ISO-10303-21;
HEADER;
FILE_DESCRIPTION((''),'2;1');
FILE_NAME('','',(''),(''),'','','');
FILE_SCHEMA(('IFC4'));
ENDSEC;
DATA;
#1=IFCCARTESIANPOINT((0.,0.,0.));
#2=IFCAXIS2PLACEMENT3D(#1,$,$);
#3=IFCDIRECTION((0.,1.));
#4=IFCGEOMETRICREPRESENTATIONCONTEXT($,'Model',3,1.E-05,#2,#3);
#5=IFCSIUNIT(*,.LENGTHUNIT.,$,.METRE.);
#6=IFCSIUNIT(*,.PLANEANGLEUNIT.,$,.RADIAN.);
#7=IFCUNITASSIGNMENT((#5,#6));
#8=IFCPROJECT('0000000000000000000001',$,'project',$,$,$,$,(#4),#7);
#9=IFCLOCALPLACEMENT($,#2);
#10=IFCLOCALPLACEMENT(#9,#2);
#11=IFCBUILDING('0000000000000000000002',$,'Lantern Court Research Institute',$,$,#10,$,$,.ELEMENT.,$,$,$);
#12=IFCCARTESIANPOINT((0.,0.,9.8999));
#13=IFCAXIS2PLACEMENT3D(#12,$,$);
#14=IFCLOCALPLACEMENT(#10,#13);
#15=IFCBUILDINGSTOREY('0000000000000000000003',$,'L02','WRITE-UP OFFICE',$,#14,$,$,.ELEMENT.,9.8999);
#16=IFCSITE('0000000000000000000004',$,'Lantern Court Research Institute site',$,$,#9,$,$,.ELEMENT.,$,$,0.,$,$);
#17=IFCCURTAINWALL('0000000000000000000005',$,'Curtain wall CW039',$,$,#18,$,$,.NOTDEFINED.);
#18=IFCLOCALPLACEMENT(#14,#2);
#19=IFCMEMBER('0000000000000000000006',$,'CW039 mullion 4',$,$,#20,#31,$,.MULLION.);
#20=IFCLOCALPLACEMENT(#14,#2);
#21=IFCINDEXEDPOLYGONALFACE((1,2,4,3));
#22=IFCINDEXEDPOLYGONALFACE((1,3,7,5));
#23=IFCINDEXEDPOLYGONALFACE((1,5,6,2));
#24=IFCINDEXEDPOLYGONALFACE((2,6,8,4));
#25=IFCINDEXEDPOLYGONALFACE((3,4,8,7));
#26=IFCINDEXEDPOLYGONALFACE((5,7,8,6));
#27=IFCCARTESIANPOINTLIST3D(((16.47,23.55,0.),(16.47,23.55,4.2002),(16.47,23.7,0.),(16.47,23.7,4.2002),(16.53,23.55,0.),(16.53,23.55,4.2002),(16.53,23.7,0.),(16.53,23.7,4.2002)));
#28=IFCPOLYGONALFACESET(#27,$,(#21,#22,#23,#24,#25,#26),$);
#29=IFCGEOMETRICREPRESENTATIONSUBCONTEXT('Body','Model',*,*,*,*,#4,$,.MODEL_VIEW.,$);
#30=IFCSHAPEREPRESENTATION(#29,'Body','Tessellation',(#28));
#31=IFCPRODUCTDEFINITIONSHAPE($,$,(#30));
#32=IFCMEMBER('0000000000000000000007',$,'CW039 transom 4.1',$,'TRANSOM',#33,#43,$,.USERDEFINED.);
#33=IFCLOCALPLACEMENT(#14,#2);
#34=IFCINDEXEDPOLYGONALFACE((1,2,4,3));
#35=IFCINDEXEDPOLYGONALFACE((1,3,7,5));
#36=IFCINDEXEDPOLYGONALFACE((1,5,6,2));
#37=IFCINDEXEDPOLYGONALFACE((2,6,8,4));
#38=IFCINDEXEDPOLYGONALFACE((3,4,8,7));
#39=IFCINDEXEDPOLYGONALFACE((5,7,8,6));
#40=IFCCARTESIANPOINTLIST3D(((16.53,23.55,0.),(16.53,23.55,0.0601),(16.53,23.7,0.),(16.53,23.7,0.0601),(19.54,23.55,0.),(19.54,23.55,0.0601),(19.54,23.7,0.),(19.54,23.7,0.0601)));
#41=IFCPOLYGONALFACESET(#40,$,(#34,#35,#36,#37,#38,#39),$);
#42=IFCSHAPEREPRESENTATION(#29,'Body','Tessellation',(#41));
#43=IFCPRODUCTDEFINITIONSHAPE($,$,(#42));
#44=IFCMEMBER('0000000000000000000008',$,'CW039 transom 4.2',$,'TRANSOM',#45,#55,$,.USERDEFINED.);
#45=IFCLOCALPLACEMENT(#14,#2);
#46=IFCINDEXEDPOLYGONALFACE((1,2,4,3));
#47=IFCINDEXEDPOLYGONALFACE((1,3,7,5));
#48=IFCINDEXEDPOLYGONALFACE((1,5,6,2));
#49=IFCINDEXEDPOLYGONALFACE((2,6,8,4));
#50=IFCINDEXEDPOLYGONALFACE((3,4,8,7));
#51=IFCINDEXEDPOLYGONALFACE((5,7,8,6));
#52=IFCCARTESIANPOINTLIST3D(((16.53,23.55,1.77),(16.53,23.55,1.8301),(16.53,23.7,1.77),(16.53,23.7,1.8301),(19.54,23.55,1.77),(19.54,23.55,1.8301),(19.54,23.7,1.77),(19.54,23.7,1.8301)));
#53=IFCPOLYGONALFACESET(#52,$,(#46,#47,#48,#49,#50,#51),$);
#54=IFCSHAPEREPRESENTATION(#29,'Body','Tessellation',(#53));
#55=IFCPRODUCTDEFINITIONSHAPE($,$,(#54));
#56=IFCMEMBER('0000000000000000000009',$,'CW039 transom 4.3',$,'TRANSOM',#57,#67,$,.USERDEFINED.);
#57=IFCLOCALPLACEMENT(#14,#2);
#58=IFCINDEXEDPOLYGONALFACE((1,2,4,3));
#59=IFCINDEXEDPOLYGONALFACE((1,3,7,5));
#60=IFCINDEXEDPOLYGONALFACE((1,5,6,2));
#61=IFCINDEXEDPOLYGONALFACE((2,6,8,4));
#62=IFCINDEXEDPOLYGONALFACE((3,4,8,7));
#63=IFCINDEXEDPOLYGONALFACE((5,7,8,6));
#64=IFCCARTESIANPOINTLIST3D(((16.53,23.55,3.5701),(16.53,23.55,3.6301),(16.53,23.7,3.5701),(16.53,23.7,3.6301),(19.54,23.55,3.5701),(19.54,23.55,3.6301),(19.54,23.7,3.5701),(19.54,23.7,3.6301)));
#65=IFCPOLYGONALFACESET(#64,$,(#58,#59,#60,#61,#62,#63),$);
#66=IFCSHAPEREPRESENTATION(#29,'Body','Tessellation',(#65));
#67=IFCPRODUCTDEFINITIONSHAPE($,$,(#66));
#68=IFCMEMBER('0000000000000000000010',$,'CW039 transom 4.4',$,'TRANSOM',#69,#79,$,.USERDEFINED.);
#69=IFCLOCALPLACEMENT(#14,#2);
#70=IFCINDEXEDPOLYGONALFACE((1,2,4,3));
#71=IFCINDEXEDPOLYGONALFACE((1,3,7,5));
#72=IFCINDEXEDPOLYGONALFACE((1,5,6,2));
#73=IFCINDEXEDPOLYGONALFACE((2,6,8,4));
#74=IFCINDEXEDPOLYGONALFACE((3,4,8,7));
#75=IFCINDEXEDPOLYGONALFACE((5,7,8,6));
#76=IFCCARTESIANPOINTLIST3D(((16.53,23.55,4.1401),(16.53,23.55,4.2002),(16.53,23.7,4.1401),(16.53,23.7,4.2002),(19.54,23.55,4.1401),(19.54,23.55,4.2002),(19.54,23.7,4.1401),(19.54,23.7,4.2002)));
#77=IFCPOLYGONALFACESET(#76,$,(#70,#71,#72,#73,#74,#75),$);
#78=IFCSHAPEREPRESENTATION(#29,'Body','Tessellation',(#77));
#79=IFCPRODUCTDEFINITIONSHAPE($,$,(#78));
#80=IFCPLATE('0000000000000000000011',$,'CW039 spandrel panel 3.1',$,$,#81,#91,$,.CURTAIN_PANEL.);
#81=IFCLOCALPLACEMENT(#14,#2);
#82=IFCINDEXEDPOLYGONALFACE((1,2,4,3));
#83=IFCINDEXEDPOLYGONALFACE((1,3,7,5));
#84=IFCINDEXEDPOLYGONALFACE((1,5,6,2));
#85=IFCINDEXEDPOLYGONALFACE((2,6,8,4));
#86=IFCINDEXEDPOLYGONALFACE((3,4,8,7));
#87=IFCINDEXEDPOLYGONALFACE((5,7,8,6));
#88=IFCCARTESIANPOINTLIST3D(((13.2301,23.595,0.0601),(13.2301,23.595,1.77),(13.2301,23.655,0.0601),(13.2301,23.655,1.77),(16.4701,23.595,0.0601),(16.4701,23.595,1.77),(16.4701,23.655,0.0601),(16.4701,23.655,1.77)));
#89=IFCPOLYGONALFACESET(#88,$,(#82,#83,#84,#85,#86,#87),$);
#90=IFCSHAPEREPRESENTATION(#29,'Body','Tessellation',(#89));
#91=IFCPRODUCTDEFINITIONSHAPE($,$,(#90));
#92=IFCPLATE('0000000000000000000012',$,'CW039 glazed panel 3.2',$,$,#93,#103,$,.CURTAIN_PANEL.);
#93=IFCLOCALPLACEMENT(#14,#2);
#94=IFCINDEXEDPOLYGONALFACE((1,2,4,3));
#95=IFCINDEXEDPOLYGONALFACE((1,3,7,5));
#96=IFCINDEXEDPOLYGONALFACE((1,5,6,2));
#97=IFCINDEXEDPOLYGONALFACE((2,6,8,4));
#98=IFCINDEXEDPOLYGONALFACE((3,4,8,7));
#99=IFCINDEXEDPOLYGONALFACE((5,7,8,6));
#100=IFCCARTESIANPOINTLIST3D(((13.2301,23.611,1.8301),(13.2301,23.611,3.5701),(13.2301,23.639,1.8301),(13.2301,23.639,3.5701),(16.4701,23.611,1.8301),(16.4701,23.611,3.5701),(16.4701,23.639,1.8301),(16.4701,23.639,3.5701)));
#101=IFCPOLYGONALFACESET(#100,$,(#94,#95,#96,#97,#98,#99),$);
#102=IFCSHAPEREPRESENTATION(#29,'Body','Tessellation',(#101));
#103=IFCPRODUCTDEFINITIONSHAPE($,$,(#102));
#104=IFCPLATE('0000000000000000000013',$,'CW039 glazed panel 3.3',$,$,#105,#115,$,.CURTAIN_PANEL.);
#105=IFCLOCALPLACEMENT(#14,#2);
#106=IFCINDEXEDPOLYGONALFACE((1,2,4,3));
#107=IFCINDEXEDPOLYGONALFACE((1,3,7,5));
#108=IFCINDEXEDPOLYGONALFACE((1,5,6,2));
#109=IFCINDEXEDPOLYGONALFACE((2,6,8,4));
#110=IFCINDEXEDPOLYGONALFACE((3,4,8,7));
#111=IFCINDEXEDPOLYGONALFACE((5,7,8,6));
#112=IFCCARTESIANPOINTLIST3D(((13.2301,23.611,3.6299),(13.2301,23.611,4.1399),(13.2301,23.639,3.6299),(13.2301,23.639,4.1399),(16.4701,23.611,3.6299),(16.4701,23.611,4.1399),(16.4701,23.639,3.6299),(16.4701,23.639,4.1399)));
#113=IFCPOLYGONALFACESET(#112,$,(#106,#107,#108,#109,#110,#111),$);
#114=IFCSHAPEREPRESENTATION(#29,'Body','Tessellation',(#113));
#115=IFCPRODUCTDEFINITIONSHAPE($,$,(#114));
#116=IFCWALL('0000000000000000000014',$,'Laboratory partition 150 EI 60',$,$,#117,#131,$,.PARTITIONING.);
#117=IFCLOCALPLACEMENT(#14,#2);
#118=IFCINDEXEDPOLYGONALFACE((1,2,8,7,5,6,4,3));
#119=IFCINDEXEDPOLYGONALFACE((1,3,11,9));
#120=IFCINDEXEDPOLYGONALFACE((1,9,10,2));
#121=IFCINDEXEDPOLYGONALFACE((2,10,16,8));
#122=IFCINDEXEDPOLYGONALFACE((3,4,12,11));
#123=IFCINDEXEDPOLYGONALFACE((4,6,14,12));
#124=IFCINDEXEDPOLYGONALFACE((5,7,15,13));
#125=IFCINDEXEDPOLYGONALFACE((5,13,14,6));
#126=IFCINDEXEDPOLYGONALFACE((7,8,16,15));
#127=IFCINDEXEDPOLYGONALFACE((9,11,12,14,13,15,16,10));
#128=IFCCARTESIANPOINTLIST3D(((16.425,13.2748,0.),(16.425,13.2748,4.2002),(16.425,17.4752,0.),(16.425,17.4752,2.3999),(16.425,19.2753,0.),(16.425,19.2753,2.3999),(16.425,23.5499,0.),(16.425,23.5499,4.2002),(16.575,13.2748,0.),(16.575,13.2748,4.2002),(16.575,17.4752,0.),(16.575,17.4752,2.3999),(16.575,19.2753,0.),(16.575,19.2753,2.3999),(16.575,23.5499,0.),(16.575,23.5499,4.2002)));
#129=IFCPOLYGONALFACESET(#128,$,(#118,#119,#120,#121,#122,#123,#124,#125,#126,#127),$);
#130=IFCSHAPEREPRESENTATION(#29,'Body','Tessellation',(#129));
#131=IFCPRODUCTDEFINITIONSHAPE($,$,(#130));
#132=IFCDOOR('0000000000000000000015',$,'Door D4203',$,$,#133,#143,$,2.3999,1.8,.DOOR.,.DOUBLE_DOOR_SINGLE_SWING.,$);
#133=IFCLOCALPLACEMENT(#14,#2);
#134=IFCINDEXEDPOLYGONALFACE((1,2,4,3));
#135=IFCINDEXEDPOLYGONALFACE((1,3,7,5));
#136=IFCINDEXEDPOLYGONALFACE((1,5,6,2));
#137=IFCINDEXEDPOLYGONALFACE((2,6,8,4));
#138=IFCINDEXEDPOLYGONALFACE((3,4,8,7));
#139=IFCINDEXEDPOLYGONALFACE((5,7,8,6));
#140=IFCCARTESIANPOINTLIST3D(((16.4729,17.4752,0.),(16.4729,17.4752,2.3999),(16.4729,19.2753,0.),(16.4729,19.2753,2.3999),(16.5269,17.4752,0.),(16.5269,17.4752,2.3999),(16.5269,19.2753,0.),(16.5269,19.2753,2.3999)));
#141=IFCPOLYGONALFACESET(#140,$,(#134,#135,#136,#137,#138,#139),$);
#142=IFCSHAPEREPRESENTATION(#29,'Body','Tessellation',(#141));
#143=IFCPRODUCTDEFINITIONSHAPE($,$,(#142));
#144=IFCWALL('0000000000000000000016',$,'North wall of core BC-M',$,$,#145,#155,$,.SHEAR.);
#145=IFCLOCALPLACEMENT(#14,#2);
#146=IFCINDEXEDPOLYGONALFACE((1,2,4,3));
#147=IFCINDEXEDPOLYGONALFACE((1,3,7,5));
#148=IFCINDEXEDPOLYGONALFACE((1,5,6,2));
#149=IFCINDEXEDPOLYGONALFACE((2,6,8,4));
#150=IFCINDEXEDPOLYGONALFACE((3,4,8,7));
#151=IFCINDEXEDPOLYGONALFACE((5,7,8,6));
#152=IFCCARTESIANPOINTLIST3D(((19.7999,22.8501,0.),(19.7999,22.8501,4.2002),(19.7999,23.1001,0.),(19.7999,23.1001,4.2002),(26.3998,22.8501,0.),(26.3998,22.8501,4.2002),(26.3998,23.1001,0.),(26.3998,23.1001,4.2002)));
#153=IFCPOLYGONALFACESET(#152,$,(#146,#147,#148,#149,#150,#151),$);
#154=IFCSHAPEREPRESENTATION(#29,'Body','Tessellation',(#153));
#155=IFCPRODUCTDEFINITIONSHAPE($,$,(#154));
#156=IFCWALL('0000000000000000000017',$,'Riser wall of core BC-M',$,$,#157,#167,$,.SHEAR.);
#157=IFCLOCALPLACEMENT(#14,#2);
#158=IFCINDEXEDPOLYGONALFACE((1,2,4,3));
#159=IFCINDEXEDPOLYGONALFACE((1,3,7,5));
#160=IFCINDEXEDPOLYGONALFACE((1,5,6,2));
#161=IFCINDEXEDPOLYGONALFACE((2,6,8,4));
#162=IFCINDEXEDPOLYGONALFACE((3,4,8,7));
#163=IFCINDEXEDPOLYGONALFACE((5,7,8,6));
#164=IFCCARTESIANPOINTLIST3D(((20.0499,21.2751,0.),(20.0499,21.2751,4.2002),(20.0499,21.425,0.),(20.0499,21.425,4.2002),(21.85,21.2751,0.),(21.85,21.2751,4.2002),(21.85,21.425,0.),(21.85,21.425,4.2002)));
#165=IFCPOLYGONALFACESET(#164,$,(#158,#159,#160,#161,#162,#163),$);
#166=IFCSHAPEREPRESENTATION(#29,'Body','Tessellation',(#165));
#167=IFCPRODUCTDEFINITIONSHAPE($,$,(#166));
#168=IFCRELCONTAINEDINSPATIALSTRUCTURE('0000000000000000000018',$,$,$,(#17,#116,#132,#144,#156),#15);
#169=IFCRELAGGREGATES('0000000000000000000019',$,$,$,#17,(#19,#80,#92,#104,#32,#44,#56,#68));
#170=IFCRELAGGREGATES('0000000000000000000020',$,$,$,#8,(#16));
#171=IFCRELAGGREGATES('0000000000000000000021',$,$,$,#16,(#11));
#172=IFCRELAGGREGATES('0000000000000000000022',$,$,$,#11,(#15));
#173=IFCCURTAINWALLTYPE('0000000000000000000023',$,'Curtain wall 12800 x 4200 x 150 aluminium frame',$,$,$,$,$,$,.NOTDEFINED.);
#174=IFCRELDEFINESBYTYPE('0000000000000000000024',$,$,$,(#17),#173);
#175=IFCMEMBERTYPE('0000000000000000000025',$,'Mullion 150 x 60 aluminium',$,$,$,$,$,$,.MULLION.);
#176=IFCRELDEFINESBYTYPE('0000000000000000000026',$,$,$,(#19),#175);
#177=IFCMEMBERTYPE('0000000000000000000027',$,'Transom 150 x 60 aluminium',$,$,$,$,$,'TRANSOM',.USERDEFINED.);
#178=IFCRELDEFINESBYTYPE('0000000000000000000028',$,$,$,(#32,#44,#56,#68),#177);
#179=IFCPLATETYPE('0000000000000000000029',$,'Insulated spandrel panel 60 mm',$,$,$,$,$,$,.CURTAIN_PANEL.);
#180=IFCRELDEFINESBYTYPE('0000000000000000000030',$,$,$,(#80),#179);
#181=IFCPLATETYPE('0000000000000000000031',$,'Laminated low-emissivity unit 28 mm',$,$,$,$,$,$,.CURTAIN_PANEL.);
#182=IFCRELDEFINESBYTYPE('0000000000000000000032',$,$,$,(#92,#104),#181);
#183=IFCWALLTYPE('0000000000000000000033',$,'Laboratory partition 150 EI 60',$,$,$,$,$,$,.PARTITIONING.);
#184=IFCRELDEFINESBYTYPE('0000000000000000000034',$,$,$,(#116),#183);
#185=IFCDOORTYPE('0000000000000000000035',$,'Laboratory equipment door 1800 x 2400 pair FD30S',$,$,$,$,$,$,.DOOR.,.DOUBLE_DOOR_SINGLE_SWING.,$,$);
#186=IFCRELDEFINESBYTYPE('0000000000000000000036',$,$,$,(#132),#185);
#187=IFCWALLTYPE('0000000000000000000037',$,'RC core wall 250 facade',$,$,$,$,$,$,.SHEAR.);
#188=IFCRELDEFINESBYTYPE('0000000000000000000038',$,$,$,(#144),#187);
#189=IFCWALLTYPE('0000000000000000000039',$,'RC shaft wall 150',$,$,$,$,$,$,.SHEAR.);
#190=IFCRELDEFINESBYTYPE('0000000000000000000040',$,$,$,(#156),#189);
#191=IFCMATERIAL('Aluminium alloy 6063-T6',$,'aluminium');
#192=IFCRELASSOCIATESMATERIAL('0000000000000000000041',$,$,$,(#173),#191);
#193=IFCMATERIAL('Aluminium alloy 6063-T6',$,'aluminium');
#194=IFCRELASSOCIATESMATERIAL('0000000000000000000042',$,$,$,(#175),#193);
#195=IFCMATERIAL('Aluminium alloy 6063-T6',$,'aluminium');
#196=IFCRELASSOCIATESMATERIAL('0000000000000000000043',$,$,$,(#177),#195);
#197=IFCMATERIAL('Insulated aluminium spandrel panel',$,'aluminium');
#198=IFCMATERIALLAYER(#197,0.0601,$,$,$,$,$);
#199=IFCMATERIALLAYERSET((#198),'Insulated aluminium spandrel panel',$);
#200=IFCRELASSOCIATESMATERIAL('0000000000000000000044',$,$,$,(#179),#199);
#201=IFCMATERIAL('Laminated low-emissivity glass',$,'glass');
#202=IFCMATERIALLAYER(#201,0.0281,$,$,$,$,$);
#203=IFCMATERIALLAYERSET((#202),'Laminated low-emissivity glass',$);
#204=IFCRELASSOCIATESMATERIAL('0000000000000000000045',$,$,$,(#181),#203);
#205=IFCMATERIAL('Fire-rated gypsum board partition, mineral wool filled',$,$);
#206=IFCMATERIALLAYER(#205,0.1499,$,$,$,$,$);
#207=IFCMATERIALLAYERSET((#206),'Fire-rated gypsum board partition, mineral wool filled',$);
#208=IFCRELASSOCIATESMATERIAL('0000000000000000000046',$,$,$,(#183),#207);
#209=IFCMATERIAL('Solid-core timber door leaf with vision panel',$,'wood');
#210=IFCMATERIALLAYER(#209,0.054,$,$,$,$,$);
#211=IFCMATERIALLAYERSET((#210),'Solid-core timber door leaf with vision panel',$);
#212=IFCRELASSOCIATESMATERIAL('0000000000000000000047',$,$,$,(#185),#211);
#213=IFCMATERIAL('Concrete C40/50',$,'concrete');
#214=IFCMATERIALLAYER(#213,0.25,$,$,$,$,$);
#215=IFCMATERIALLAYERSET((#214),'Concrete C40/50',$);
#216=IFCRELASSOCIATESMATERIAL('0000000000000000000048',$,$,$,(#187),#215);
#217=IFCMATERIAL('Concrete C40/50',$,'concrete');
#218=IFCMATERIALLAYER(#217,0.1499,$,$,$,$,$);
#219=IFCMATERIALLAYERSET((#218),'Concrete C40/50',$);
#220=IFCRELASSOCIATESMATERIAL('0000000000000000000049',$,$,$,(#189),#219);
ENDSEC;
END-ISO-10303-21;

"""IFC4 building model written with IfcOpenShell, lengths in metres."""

from ifc_helpers import new_model, si_unit, direction, frame, frame_2d, origin, origin_2d, place, context, subcontext, project, spatial, rectangle, extrude, material, layer, layer_set, material_profile, profile_set, type_object, element, fill, aggregate, save


model = new_model("IFC4")

# Units and contexts
model_context = context("Model", 3, precision=1e-05, world=origin(), true_north=direction((0.0, 1.0)))
body_context = subcontext(model_context, "Body", "Model", "MODEL_VIEW")
ifc_project = project(units=[si_unit("LENGTHUNIT", "METRE"), si_unit("PLANEANGLEUNIT", "RADIAN")], contexts=[model_context])

# Site, building, storey
site_placement = place(None, origin())
site = spatial("IfcSite", under=ifc_project, at=site_placement, Name="Lantern Court Research Institute site", CompositionType="ELEMENT", RefElevation=0.0)
building_placement = place(site_placement, origin())
building = spatial("IfcBuilding", under=site, at=building_placement, Name="Lantern Court Research Institute", CompositionType="ELEMENT")
storey_placement = place(building_placement, frame((0.0, 0.0, 9.8999)))
storey = spatial("IfcBuildingStorey", under=building, at=storey_placement, Name="L02", Description="WRITE-UP OFFICE", CompositionType="ELEMENT", Elevation=9.8999)

# Curtain wall, members, plates
ifc_material_1 = material(Name="Aluminium alloy 6063-T6", Category="aluminium")
curtain_wall_type = type_object("IfcCurtainWallType", Name="Curtain wall 12800 x 4200 x 150 aluminium frame", PredefinedType="NOTDEFINED", material=ifc_material_1)
curtain_wall_placement = place(storey_placement, origin())
curtain_wall = element("IfcCurtainWall", 1, at=curtain_wall_placement, inside=storey, type_object=curtain_wall_type, Name="Curtain wall CW039", PredefinedType="NOTDEFINED")
ifc_material_2 = material(Name="Aluminium alloy 6063-T6", Category="aluminium")
ifc_material_profile_1 = material_profile(ifc_material_2, rectangle(XDim=0.1499, YDim=0.0601, at=origin_2d()), Name="Mullion 150 x 60")
ifc_profile_set_1 = profile_set([ifc_material_profile_1], Name="Aluminium alloy 6063-T6")
member_type_1 = type_object("IfcMemberType", Name="Mullion 150 x 60 aluminium", PredefinedType="MULLION", material=ifc_profile_set_1)
member_1_placement = place(storey_placement, frame((16.5, 23.625, 0.0), z_axis=(0.0, 0.0, 1.0), x_axis=(0.0, 1.0, 0.0)))
member_1 = element("IfcMember", 2, at=member_1_placement, type_object=member_type_1, Name="CW039 mullion 4", PredefinedType="MULLION", context=body_context, shape_type="SweptSolid", body=[
    extrude(rectangle(XDim=0.1499, YDim=0.0601, at=origin_2d()), origin(), (0.0, 0.0, 1.0), 4.2002),
])
ifc_material_3 = material(Name="Aluminium alloy 6063-T6", Category="aluminium")
ifc_material_profile_2 = material_profile(ifc_material_3, rectangle(XDim=0.1499, YDim=0.0601, at=origin_2d()), Name="Transom 150 x 60")
ifc_profile_set_2 = profile_set([ifc_material_profile_2], Name="Aluminium alloy 6063-T6")
member_type_2 = type_object("IfcMemberType", Name="Transom 150 x 60 aluminium", ElementType="TRANSOM", PredefinedType="USERDEFINED", material=ifc_profile_set_2)
member_2_placement = place(storey_placement, frame((16.53, 23.625, 0.03), z_axis=(1.0, 0.0, 0.0), x_axis=(0.0, 1.0, 0.0)))
member_2 = element("IfcMember", 3, at=member_2_placement, type_object=member_type_2, Name="CW039 transom 4.1", ObjectType="TRANSOM", PredefinedType="USERDEFINED", context=body_context, shape_type="SweptSolid", body=[
    extrude(rectangle(XDim=0.1499, YDim=0.0601, at=origin_2d()), origin(), (0.0, 0.0, 1.0), 3.01),
])
member_3_placement = place(storey_placement, frame((16.53, 23.625, 1.8), z_axis=(1.0, 0.0, 0.0), x_axis=(0.0, 1.0, 0.0)))
member_3 = element("IfcMember", 4, at=member_3_placement, type_object=member_type_2, Name="CW039 transom 4.2", ObjectType="TRANSOM", PredefinedType="USERDEFINED", context=body_context, shape_type="SweptSolid", body=[
    extrude(rectangle(XDim=0.1499, YDim=0.0601, at=origin_2d()), origin(), (0.0, 0.0, 1.0), 3.01),
])
member_4_placement = place(storey_placement, frame((16.53, 23.625, 3.6001), z_axis=(1.0, 0.0, 0.0), x_axis=(0.0, 1.0, 0.0)))
member_4 = element("IfcMember", 5, at=member_4_placement, type_object=member_type_2, Name="CW039 transom 4.3", ObjectType="TRANSOM", PredefinedType="USERDEFINED", context=body_context, shape_type="SweptSolid", body=[
    extrude(rectangle(XDim=0.1499, YDim=0.0601, at=origin_2d()), origin(), (0.0, 0.0, 1.0), 3.01),
])
member_5_placement = place(storey_placement, frame((16.53, 23.625, 4.1702), z_axis=(1.0, 0.0, 0.0), x_axis=(0.0, 1.0, 0.0)))
member_5 = element("IfcMember", 6, at=member_5_placement, type_object=member_type_2, Name="CW039 transom 4.4", ObjectType="TRANSOM", PredefinedType="USERDEFINED", context=body_context, shape_type="SweptSolid", body=[
    extrude(rectangle(XDim=0.1499, YDim=0.0601, at=origin_2d()), origin(), (0.0, 0.0, 1.0), 3.01),
])
ifc_material_4 = material(Name="Insulated aluminium spandrel panel", Category="aluminium")
ifc_layer_1 = layer(ifc_material_4, 0.0601)
ifc_layer_set_1 = layer_set([ifc_layer_1], Name="Insulated aluminium spandrel panel")
plate_type_1 = type_object("IfcPlateType", Name="Insulated spandrel panel 60 mm", PredefinedType="CURTAIN_PANEL", material=ifc_layer_set_1)
plate_1_placement = place(storey_placement, frame((14.8501, 23.625, 0.0601), z_axis=(0.0, 0.0, 1.0), x_axis=(1.0, 0.0, 0.0)))
plate_1 = element("IfcPlate", 7, at=plate_1_placement, type_object=plate_type_1, Name="CW039 spandrel panel 3.1", PredefinedType="CURTAIN_PANEL", context=body_context, shape_type="SweptSolid", body=[
    extrude(rectangle(XDim=3.24, YDim=0.0601, at=origin_2d()), origin(), (0.0, 0.0, 1.0), 1.71),
])
ifc_material_5 = material(Name="Laminated low-emissivity glass", Category="glass")
ifc_layer_2 = layer(ifc_material_5, 0.0281)
ifc_layer_set_2 = layer_set([ifc_layer_2], Name="Laminated low-emissivity glass")
plate_type_2 = type_object("IfcPlateType", Name="Laminated low-emissivity unit 28 mm", PredefinedType="CURTAIN_PANEL", material=ifc_layer_set_2)
plate_2_placement = place(storey_placement, frame((14.8501, 23.625, 1.8301), z_axis=(0.0, 0.0, 1.0), x_axis=(1.0, 0.0, 0.0)))
plate_2 = element("IfcPlate", 8, at=plate_2_placement, type_object=plate_type_2, Name="CW039 glazed panel 3.2", PredefinedType="CURTAIN_PANEL", context=body_context, shape_type="SweptSolid", body=[
    extrude(rectangle(XDim=3.24, YDim=0.0281, at=origin_2d()), origin(), (0.0, 0.0, 1.0), 1.74),
])
plate_3_placement = place(storey_placement, frame((14.8501, 23.625, 3.6299), z_axis=(0.0, 0.0, 1.0), x_axis=(1.0, 0.0, 0.0)))
plate_3 = element("IfcPlate", 9, at=plate_3_placement, type_object=plate_type_2, Name="CW039 glazed panel 3.3", PredefinedType="CURTAIN_PANEL", context=body_context, shape_type="SweptSolid", body=[
    extrude(rectangle(XDim=3.24, YDim=0.0281, at=origin_2d()), origin(), (0.0, 0.0, 1.0), 0.51),
])
aggregate(curtain_wall, [member_1, plate_1, plate_2, plate_3, member_2, member_3, member_4, member_5])

# Wall, opening, door
ifc_material_6 = material(Name="Fire-rated gypsum board partition, mineral wool filled")
ifc_layer_3 = layer(ifc_material_6, 0.1499)
ifc_layer_set_3 = layer_set([ifc_layer_3], Name="Fire-rated gypsum board partition, mineral wool filled")
wall_type_1 = type_object("IfcWallType", Name="Laboratory partition 150 EI 60", PredefinedType="PARTITIONING", material=ifc_layer_set_3)
wall_1_placement = place(storey_placement, frame((16.5, 23.55, 0.0), z_axis=(0.0, 0.0, 1.0), x_axis=(0.0, -1.0, 0.0)))
wall_1 = element("IfcWall", 10, at=wall_1_placement, inside=storey, type_object=wall_type_1, Name="Laboratory partition 150 EI 60", PredefinedType="PARTITIONING", context=body_context, shape_type="SweptSolid", body=[
    extrude(rectangle(XDim=10.2751, YDim=0.1499, at=frame_2d((5.1377, 0.0))), origin(), (0.0, 0.0, 1.0), 4.2002),
])
opening_1_placement = place(wall_1_placement, frame((4.2749, 0.0, 0.0)))
opening_1 = element("IfcOpeningElement", 11, at=opening_1_placement, cuts=wall_1, PredefinedType="OPENING", context=body_context, shape_type="SweptSolid", body=[
    extrude(rectangle(XDim=1.8, YDim=2.3999, at=frame_2d((0.8999, 1.2))), frame((0.0, 0.085, 0.0), z_axis=(0.0, -1.0, 0.0), x_axis=(1.0, 0.0, 0.0)), (0.0, 0.0, 1.0), 0.1699),
])
ifc_material_7 = material(Name="Solid-core timber door leaf with vision panel", Category="wood")
ifc_layer_4 = layer(ifc_material_7, 0.054)
ifc_layer_set_4 = layer_set([ifc_layer_4], Name="Solid-core timber door leaf with vision panel")
door_type_1 = type_object("IfcDoorType", Name="Laboratory equipment door 1800 x 2400 pair FD30S", OperationType="DOUBLE_DOOR_SINGLE_SWING", PredefinedType="DOOR", material=ifc_layer_set_4)
door_1_placement = place(opening_1_placement, origin())
door_1 = element("IfcDoor", 12, at=door_1_placement, inside=storey, type_object=door_type_1, Name="Door D4203", OperationType="DOUBLE_DOOR_SINGLE_SWING", OverallHeight=2.3999, OverallWidth=1.8, PredefinedType="DOOR", context=body_context, shape_type="SweptSolid", body=[
    extrude(rectangle(XDim=1.8, YDim=2.3999, at=frame_2d((0.8999, 1.2))), frame((0.0, 0.0269, 0.0), z_axis=(0.0, -1.0, 0.0), x_axis=(1.0, 0.0, 0.0)), (0.0, 0.0, 1.0), 0.054),
])
fill(opening_1, door_1)

# Walls
ifc_material_8 = material(Name="Concrete C40/50", Category="concrete")
ifc_layer_5 = layer(ifc_material_8, 0.25)
ifc_layer_set_5 = layer_set([ifc_layer_5], Name="Concrete C40/50")
wall_type_2 = type_object("IfcWallType", Name="RC core wall 250 facade", PredefinedType="SHEAR", material=ifc_layer_set_5)
wall_2_placement = place(storey_placement, frame((19.8, 22.9751, 0.0), z_axis=(0.0, 0.0, 1.0), x_axis=(1.0, 0.0, 0.0)))
element("IfcWall", 13, at=wall_2_placement, inside=storey, type_object=wall_type_2, Name="North wall of core BC-M", PredefinedType="SHEAR", context=body_context, shape_type="SweptSolid", body=[
    extrude(rectangle(XDim=6.5999, YDim=0.25, at=frame_2d((3.2998, 0.0))), origin(), (0.0, 0.0, 1.0), 4.2002),
])
ifc_material_9 = material(Name="Concrete C40/50", Category="concrete")
ifc_layer_6 = layer(ifc_material_9, 0.1499)
ifc_layer_set_6 = layer_set([ifc_layer_6], Name="Concrete C40/50")
wall_type_3 = type_object("IfcWallType", Name="RC shaft wall 150", PredefinedType="SHEAR", material=ifc_layer_set_6)
wall_3_placement = place(storey_placement, frame((20.05, 21.3501, 0.0), z_axis=(0.0, 0.0, 1.0), x_axis=(1.0, 0.0, 0.0)))
element("IfcWall", 14, at=wall_3_placement, inside=storey, type_object=wall_type_3, Name="Riser wall of core BC-M", PredefinedType="SHEAR", context=body_context, shape_type="SweptSolid", body=[
    extrude(rectangle(XDim=1.8, YDim=0.1499, at=frame_2d((0.8999, 0.0))), origin(), (0.0, 0.0, 1.0), 4.2002),
])

save(model, "model.ifc")
